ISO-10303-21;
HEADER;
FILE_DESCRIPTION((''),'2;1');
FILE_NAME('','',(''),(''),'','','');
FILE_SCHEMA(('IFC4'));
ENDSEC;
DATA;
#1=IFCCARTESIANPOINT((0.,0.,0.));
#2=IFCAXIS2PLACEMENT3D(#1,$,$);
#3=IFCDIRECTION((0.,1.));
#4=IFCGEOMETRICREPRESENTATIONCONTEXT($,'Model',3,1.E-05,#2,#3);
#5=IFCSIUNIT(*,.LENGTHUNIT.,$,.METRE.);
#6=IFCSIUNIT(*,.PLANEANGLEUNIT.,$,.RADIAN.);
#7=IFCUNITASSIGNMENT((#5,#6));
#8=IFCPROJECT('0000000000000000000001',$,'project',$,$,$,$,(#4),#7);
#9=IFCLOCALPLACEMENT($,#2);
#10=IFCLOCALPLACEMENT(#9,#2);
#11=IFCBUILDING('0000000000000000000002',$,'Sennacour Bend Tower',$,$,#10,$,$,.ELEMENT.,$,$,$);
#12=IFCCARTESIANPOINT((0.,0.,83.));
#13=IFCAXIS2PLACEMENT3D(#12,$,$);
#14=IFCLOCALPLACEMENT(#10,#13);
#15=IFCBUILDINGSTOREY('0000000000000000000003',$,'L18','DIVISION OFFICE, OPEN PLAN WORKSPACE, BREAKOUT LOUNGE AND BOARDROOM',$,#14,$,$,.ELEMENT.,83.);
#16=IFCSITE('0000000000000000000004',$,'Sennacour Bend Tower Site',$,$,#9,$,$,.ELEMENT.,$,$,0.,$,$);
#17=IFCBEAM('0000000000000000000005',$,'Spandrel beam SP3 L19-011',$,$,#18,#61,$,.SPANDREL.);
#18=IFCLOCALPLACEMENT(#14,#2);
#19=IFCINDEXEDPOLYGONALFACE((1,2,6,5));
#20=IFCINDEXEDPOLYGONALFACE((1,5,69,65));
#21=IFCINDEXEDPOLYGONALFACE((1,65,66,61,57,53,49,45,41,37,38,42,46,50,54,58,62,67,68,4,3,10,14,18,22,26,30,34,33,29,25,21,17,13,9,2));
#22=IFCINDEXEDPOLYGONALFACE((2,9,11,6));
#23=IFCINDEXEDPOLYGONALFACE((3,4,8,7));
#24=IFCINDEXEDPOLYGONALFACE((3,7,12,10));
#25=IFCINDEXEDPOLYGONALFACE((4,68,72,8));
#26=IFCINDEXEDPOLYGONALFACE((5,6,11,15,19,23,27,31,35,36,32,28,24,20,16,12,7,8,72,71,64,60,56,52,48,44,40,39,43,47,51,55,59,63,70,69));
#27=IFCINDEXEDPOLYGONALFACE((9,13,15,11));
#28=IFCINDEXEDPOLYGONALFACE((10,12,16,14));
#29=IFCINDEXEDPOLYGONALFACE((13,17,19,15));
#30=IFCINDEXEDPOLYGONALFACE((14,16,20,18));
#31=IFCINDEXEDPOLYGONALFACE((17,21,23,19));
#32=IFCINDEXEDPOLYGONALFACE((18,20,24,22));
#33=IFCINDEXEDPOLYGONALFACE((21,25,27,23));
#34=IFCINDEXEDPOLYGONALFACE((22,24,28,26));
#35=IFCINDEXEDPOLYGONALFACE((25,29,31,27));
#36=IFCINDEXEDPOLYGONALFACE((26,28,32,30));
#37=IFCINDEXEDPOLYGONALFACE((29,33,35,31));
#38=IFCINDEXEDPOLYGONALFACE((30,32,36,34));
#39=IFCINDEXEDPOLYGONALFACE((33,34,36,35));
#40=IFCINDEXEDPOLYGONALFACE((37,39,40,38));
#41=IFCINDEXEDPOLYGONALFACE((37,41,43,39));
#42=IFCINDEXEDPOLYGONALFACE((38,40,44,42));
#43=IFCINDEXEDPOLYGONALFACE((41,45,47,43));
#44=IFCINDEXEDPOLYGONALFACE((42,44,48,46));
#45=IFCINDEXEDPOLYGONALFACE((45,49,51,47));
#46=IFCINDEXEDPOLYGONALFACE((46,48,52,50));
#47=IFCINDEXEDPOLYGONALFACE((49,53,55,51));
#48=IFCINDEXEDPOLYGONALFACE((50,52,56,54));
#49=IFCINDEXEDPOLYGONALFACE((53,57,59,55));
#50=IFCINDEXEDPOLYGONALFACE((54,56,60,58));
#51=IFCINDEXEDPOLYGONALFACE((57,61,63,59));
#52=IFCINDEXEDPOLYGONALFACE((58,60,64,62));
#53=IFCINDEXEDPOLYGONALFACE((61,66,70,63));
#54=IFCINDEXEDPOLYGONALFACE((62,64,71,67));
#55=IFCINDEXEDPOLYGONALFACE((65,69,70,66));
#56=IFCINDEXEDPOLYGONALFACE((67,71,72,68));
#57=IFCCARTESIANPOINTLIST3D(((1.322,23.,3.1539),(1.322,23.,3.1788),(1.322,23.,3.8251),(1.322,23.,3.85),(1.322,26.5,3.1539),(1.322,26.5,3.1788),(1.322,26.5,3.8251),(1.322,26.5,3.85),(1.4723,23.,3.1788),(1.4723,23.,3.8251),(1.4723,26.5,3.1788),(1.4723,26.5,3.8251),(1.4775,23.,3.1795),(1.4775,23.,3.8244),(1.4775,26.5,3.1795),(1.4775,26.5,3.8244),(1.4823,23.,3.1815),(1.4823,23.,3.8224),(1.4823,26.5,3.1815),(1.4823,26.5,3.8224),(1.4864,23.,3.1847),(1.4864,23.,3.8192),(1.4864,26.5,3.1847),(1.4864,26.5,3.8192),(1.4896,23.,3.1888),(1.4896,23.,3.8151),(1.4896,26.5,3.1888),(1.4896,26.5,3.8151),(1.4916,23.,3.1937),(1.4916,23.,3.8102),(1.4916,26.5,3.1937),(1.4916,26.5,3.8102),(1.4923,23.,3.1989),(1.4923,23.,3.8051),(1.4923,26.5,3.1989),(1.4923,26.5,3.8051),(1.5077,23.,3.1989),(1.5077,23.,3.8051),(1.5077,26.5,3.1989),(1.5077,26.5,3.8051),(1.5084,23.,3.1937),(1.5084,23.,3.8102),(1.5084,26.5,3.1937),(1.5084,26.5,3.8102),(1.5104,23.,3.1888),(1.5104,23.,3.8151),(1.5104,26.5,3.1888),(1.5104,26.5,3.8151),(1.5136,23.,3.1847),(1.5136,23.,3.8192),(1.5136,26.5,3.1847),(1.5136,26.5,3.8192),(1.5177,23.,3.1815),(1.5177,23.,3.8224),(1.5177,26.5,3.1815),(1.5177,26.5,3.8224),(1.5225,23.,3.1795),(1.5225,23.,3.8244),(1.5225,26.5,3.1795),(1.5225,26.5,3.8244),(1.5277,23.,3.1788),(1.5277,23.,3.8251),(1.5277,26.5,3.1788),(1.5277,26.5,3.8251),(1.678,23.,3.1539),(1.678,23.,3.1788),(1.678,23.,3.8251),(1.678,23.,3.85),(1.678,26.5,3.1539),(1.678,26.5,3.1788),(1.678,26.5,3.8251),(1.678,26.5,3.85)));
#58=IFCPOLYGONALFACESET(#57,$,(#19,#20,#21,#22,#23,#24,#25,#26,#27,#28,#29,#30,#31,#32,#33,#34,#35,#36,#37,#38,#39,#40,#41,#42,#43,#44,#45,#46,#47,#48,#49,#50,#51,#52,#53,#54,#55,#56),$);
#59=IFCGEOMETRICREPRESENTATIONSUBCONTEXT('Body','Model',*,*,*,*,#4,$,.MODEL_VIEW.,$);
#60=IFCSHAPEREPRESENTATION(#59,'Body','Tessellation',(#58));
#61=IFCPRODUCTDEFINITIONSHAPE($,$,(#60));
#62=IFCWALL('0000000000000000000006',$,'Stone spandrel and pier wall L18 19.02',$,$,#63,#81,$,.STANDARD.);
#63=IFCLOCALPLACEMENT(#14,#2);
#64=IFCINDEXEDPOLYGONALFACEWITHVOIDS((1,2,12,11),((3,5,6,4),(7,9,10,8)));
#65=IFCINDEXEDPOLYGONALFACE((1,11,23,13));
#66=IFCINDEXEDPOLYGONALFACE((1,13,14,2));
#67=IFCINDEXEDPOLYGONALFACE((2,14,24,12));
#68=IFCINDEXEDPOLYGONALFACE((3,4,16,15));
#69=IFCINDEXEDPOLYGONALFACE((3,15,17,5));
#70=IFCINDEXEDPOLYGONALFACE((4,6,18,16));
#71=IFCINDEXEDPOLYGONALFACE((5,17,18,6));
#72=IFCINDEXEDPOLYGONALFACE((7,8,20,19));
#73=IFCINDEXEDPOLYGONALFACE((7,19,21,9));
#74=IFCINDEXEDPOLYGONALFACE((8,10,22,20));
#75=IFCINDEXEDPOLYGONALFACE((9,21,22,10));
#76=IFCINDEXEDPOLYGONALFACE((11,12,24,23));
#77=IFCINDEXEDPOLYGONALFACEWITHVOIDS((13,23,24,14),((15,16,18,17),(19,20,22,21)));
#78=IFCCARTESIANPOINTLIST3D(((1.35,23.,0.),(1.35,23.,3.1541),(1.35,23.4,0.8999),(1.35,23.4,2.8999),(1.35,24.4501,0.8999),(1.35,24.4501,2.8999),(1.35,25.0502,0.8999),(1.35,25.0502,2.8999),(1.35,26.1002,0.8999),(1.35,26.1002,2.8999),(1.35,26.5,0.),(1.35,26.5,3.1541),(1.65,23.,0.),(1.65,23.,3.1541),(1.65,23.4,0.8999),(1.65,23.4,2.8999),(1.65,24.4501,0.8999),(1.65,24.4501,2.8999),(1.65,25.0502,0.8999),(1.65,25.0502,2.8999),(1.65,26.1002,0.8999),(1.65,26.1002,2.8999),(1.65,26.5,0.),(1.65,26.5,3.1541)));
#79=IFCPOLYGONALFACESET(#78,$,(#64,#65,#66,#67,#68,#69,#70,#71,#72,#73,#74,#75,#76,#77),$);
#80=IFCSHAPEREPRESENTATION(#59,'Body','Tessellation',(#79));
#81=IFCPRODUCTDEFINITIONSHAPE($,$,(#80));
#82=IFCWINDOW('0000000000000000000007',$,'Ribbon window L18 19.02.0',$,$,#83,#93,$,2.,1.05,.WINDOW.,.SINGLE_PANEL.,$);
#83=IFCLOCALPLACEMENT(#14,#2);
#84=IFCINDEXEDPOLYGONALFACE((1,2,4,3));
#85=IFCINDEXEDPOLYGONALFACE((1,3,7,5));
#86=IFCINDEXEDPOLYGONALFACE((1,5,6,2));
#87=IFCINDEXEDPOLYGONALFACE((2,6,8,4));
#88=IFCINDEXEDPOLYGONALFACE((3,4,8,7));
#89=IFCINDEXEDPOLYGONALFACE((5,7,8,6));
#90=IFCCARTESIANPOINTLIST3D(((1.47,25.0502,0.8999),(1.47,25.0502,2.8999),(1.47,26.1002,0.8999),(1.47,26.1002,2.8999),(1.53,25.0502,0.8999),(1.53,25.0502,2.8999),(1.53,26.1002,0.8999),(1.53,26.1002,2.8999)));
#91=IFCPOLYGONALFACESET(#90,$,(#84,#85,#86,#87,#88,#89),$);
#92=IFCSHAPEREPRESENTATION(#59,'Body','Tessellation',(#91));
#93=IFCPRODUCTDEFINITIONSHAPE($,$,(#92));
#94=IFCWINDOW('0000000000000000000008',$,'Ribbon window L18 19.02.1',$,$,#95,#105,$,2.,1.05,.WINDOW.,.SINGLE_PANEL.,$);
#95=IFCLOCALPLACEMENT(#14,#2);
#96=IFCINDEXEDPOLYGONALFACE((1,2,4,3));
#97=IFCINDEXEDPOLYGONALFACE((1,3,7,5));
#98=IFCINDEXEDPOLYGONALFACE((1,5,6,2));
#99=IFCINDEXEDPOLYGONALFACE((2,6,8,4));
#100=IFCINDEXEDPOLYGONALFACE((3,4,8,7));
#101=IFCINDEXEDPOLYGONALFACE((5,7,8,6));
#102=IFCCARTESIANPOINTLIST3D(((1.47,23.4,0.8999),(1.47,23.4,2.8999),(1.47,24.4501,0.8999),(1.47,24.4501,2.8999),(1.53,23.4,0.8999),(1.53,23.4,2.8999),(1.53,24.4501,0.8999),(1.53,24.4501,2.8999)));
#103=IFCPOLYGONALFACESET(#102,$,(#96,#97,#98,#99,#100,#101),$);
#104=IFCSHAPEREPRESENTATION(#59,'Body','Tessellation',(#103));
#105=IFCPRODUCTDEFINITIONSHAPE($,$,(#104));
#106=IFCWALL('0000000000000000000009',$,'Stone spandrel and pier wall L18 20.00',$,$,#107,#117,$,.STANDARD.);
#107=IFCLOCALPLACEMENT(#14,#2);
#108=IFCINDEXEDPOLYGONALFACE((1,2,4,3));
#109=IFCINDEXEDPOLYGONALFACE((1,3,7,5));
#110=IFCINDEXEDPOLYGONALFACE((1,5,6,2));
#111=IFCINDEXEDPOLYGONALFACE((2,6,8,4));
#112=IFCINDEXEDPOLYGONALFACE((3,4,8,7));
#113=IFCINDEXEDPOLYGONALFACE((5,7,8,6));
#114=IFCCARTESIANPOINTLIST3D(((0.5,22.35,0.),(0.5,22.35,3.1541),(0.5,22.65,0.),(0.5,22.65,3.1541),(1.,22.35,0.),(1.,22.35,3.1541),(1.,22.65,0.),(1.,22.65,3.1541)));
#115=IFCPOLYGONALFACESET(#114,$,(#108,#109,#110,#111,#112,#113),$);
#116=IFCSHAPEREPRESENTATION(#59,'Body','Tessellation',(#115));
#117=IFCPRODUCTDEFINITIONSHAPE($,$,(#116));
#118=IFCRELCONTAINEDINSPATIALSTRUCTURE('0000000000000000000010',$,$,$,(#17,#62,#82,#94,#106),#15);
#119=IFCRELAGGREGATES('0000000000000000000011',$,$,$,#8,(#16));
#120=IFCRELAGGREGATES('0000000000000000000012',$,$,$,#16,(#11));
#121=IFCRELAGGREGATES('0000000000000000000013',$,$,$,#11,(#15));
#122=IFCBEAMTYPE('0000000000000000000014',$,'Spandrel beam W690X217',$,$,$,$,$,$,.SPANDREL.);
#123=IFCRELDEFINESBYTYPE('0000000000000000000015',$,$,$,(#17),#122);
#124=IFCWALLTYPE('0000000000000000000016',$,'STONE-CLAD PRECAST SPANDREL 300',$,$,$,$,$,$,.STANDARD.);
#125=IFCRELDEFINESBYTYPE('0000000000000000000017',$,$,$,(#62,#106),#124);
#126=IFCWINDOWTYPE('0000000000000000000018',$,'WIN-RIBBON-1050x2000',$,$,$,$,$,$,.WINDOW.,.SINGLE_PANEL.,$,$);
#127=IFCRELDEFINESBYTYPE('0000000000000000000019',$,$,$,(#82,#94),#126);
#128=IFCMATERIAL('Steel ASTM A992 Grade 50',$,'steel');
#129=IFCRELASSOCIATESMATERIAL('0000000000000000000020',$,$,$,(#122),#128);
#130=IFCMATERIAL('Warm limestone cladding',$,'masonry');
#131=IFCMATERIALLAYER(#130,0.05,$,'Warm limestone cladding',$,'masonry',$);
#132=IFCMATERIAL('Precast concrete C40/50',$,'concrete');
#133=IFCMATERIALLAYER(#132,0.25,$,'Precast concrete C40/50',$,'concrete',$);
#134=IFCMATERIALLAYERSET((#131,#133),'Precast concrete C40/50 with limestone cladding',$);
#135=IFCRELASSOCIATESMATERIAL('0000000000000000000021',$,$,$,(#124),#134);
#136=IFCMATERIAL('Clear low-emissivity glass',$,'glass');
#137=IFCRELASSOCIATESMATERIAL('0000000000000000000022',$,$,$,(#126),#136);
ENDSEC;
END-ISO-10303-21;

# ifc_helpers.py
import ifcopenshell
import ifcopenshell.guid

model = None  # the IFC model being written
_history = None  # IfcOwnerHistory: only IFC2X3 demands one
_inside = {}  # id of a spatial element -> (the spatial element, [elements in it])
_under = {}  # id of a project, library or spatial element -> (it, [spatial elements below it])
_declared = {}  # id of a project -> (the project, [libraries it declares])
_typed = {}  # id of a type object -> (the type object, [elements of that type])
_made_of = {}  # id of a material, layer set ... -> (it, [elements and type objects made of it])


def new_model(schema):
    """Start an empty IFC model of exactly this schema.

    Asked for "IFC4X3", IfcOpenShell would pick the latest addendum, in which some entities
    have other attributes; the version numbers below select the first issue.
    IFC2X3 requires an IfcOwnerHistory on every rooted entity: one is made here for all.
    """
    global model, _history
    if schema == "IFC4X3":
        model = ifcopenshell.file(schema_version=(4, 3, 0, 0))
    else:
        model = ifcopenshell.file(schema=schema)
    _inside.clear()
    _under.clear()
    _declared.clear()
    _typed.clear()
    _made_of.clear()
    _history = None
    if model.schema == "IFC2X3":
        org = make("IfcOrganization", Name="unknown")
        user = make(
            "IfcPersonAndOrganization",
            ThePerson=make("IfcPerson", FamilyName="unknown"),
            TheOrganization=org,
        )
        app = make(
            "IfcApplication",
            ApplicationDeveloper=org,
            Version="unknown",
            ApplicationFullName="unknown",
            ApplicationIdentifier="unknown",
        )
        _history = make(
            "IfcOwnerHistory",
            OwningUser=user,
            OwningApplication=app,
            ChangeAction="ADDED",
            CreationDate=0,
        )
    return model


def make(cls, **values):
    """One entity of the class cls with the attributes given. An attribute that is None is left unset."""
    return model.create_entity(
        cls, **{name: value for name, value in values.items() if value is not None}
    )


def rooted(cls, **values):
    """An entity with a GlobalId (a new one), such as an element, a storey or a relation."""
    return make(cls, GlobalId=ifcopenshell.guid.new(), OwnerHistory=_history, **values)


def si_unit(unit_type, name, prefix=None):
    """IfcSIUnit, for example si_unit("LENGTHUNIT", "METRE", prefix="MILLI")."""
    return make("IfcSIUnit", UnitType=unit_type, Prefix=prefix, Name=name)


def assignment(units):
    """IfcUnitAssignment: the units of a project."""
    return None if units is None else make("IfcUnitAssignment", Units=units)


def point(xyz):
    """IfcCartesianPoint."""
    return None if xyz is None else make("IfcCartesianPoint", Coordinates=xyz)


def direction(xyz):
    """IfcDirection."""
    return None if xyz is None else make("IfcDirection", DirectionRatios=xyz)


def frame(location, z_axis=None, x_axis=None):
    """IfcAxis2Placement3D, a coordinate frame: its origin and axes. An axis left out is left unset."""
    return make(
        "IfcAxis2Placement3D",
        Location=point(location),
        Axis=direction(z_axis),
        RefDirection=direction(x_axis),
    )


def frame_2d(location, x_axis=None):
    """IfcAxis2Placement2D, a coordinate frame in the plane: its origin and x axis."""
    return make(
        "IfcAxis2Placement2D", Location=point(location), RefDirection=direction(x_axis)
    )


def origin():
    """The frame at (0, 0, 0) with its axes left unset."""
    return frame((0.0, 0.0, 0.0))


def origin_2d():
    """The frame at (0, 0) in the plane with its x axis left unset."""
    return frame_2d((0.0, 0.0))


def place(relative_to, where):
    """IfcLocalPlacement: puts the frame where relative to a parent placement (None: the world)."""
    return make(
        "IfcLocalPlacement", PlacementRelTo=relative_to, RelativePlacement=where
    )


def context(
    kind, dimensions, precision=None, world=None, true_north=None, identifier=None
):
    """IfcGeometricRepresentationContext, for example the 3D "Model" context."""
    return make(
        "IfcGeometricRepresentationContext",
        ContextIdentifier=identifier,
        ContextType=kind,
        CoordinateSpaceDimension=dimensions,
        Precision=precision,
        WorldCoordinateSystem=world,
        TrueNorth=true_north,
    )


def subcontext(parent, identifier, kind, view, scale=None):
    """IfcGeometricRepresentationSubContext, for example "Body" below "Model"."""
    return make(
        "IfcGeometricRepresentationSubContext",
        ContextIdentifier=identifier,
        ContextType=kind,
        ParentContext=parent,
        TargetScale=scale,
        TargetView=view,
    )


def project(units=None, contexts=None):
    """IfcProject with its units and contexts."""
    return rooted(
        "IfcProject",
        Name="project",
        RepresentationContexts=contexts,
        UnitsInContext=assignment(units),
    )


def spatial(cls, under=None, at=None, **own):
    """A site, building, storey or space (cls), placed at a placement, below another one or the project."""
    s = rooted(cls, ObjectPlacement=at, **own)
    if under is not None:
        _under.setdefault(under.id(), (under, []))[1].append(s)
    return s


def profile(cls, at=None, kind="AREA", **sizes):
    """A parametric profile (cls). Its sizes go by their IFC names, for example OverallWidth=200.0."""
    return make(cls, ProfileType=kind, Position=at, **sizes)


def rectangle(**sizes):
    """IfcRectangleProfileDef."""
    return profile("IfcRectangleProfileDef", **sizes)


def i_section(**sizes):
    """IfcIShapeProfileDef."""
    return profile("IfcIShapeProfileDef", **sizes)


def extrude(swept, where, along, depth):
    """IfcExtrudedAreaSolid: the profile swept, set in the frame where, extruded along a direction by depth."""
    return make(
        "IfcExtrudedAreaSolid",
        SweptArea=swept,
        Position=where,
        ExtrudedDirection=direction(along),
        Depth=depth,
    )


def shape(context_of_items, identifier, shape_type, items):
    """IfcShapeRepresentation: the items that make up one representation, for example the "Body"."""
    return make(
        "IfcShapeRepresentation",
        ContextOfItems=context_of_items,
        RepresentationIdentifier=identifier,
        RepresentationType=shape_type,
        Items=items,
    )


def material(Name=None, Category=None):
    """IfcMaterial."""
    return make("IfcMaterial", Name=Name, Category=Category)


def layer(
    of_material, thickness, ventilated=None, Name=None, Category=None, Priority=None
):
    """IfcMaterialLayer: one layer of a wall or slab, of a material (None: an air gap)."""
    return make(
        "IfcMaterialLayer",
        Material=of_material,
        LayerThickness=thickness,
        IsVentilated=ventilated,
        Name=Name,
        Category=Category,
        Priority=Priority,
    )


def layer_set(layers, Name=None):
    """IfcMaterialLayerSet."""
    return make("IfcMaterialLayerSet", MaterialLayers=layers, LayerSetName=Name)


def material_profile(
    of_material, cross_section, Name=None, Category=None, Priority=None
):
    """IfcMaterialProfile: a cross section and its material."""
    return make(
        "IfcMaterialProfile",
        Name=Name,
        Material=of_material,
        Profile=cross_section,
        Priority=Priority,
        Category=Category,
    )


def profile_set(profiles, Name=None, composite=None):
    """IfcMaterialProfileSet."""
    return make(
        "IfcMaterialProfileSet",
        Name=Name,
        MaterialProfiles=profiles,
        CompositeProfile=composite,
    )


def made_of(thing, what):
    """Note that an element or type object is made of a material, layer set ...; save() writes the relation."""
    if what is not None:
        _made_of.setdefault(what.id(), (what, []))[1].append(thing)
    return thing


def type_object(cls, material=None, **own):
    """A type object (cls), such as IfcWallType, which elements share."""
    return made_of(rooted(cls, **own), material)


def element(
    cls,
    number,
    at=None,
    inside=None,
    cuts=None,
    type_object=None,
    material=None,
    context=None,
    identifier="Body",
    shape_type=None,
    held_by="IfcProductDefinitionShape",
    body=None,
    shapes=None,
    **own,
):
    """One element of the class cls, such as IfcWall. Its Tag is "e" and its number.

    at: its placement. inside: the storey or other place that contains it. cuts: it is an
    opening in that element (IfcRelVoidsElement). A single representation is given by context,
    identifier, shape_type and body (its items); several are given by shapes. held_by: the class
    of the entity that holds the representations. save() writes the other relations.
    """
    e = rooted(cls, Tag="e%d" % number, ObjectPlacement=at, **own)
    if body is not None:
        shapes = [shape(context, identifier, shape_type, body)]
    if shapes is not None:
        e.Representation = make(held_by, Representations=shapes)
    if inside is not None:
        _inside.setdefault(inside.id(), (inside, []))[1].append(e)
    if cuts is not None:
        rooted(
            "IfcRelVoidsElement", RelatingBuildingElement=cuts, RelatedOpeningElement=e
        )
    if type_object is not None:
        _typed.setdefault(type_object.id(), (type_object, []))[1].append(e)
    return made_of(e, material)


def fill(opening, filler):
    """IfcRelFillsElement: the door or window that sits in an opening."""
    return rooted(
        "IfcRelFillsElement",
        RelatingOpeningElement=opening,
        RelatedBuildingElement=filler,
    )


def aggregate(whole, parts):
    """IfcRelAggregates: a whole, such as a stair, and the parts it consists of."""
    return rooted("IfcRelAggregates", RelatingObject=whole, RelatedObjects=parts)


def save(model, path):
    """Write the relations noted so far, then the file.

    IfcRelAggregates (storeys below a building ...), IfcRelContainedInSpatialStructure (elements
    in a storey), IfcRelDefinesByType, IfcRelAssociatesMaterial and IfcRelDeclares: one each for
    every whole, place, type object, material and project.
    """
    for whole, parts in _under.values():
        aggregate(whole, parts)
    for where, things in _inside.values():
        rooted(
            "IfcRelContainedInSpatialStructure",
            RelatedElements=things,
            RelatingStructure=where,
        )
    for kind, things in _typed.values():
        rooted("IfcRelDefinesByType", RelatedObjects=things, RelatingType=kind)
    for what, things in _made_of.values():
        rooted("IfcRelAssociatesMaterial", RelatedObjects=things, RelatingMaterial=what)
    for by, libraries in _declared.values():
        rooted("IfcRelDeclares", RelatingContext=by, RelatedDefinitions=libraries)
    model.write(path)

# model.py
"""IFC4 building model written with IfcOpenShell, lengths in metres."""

from ifc_helpers import new_model, si_unit, direction, frame, frame_2d, origin, origin_2d, place, context, subcontext, project, spatial, rectangle, i_section, extrude, material, layer, layer_set, material_profile, profile_set, type_object, element, fill, save


model = new_model("IFC4")

# Units and contexts
model_context = context("Model", 3, precision=1e-05, world=origin(), true_north=direction((0.0, 1.0)))
body_context = subcontext(model_context, "Body", "Model", "MODEL_VIEW")
ifc_project = project(units=[si_unit("LENGTHUNIT", "METRE"), si_unit("PLANEANGLEUNIT", "RADIAN")], contexts=[model_context])

# Site, building, storey
site_placement = place(None, origin())
site = spatial("IfcSite", under=ifc_project, at=site_placement, Name="Sennacour Bend Tower Site", CompositionType="ELEMENT", RefElevation=0.0)
building_placement = place(site_placement, origin())
building = spatial("IfcBuilding", under=site, at=building_placement, Name="Sennacour Bend Tower", CompositionType="ELEMENT")
storey_placement = place(building_placement, frame((0.0, 0.0, 83.0)))
storey = spatial("IfcBuildingStorey", under=building, at=storey_placement, Name="L18", Description="DIVISION OFFICE, OPEN PLAN WORKSPACE, BREAKOUT LOUNGE AND BOARDROOM", CompositionType="ELEMENT", Elevation=83.0)

# Beam
ifc_material_1 = material(Name="Steel ASTM A992 Grade 50", Category="steel")
ifc_material_profile_1 = material_profile(ifc_material_1, i_section(OverallWidth=0.356, OverallDepth=0.696, WebThickness=0.0154, FlangeThickness=0.0249, FilletRadius=0.02, at=origin_2d()), Name="Steel ASTM A992 Grade 50", Category="steel")
ifc_profile_set_1 = profile_set([ifc_material_profile_1], Name="Steel ASTM A992 Grade 50")
beam_type_1 = type_object("IfcBeamType", Name="Spandrel beam W690X217", PredefinedType="SPANDREL", material=ifc_profile_set_1)
beam_1_placement = place(storey_placement, frame((1.5, 23.0, 3.502), z_axis=(0.0, 1.0, 0.0), x_axis=(-1.0, 0.0, 0.0)))
element("IfcBeam", 1, at=beam_1_placement, inside=storey, type_object=beam_type_1, Name="Spandrel beam SP3 L19-011", PredefinedType="SPANDREL", context=body_context, shape_type="SweptSolid", body=[
    extrude(i_section(OverallWidth=0.356, OverallDepth=0.696, WebThickness=0.0154, FlangeThickness=0.0249, FilletRadius=0.02, at=origin_2d()), origin(), (0.0, 0.0, 1.0), 3.5),
])

# Wall, openings, windows
ifc_material_2 = material(Name="Warm limestone cladding", Category="masonry")
ifc_layer_1 = layer(ifc_material_2, 0.05, Name="Warm limestone cladding", Category="masonry")
ifc_material_3 = material(Name="Precast concrete C40/50", Category="concrete")
ifc_layer_2 = layer(ifc_material_3, 0.25, Name="Precast concrete C40/50", Category="concrete")
ifc_layer_set = layer_set([ifc_layer_1, ifc_layer_2], Name="Precast concrete C40/50 with limestone cladding")
wall_type = type_object("IfcWallType", Name="STONE-CLAD PRECAST SPANDREL 300", PredefinedType="STANDARD", material=ifc_layer_set)
wall_1_placement = place(storey_placement, frame((1.5, 26.5, 0.0), z_axis=(0.0, 0.0, 1.0), x_axis=(0.0, -1.0, 0.0)))
wall_1 = element("IfcWall", 2, at=wall_1_placement, inside=storey, type_object=wall_type, Name="Stone spandrel and pier wall L18 19.02", PredefinedType="STANDARD", context=body_context, shape_type="SweptSolid", body=[
    extrude(rectangle(XDim=3.5, YDim=0.3, at=frame_2d((1.75, 0.0))), origin(), (0.0, 0.0, 1.0), 3.1541),
])
opening_1_placement = place(wall_1_placement, frame((0.3999, 0.0, 0.8999)))
opening_1 = element("IfcOpeningElement", 3, at=opening_1_placement, cuts=wall_1, PredefinedType="OPENING", context=body_context, shape_type="SweptSolid", body=[
    extrude(rectangle(XDim=1.05, YDim=2.0, at=frame_2d((0.5249, 1.0))), frame((0.0, 0.1602, 0.0), z_axis=(0.0, -1.0, 0.0), x_axis=(1.0, 0.0, 0.0)), (0.0, 0.0, 1.0), 0.3201),
])
opening_2_placement = place(wall_1_placement, frame((2.05, 0.0, 0.8999)))
opening_2 = element("IfcOpeningElement", 4, at=opening_2_placement, cuts=wall_1, PredefinedType="OPENING", context=body_context, shape_type="SweptSolid", body=[
    extrude(rectangle(XDim=1.05, YDim=2.0, at=frame_2d((0.5249, 1.0))), frame((0.0, 0.1602, 0.0), z_axis=(0.0, -1.0, 0.0), x_axis=(1.0, 0.0, 0.0)), (0.0, 0.0, 1.0), 0.3201),
])
ifc_material_4 = material(Name="Clear low-emissivity glass", Category="glass")
window_type = type_object("IfcWindowType", Name="WIN-RIBBON-1050x2000", PartitioningType="SINGLE_PANEL", PredefinedType="WINDOW", material=ifc_material_4)
window_1_placement = place(opening_1_placement, origin())
window_1 = element("IfcWindow", 5, at=window_1_placement, inside=storey, type_object=window_type, Name="Ribbon window L18 19.02.0", OverallHeight=2.0, OverallWidth=1.05, PartitioningType="SINGLE_PANEL", PredefinedType="WINDOW", context=body_context, shape_type="SweptSolid", body=[
    extrude(rectangle(XDim=1.05, YDim=2.0, at=frame_2d((0.5249, 1.0))), frame((0.0, 0.03, 0.0), z_axis=(0.0, -1.0, 0.0), x_axis=(1.0, 0.0, 0.0)), (0.0, 0.0, 1.0), 0.0601),
])
fill(opening_1, window_1)
window_2_placement = place(opening_2_placement, origin())
window_2 = element("IfcWindow", 6, at=window_2_placement, inside=storey, type_object=window_type, Name="Ribbon window L18 19.02.1", OverallHeight=2.0, OverallWidth=1.05, PartitioningType="SINGLE_PANEL", PredefinedType="WINDOW", context=body_context, shape_type="SweptSolid", body=[
    extrude(rectangle(XDim=1.05, YDim=2.0, at=frame_2d((0.5249, 1.0))), frame((0.0, 0.03, 0.0), z_axis=(0.0, -1.0, 0.0), x_axis=(1.0, 0.0, 0.0)), (0.0, 0.0, 1.0), 0.0601),
])
fill(opening_2, window_2)

# Wall
wall_2_placement = place(storey_placement, frame((1.0, 22.5, 0.0), z_axis=(0.0, 0.0, 1.0), x_axis=(-1.0, 0.0, 0.0)))
element("IfcWall", 7, at=wall_2_placement, inside=storey, type_object=wall_type, Name="Stone spandrel and pier wall L18 20.00", PredefinedType="STANDARD", context=body_context, shape_type="SweptSolid", body=[
    extrude(rectangle(XDim=0.5, YDim=0.3, at=frame_2d((0.25, 0.0))), origin(), (0.0, 0.0, 1.0), 3.1541),
])

save(model, "model.ifc")
